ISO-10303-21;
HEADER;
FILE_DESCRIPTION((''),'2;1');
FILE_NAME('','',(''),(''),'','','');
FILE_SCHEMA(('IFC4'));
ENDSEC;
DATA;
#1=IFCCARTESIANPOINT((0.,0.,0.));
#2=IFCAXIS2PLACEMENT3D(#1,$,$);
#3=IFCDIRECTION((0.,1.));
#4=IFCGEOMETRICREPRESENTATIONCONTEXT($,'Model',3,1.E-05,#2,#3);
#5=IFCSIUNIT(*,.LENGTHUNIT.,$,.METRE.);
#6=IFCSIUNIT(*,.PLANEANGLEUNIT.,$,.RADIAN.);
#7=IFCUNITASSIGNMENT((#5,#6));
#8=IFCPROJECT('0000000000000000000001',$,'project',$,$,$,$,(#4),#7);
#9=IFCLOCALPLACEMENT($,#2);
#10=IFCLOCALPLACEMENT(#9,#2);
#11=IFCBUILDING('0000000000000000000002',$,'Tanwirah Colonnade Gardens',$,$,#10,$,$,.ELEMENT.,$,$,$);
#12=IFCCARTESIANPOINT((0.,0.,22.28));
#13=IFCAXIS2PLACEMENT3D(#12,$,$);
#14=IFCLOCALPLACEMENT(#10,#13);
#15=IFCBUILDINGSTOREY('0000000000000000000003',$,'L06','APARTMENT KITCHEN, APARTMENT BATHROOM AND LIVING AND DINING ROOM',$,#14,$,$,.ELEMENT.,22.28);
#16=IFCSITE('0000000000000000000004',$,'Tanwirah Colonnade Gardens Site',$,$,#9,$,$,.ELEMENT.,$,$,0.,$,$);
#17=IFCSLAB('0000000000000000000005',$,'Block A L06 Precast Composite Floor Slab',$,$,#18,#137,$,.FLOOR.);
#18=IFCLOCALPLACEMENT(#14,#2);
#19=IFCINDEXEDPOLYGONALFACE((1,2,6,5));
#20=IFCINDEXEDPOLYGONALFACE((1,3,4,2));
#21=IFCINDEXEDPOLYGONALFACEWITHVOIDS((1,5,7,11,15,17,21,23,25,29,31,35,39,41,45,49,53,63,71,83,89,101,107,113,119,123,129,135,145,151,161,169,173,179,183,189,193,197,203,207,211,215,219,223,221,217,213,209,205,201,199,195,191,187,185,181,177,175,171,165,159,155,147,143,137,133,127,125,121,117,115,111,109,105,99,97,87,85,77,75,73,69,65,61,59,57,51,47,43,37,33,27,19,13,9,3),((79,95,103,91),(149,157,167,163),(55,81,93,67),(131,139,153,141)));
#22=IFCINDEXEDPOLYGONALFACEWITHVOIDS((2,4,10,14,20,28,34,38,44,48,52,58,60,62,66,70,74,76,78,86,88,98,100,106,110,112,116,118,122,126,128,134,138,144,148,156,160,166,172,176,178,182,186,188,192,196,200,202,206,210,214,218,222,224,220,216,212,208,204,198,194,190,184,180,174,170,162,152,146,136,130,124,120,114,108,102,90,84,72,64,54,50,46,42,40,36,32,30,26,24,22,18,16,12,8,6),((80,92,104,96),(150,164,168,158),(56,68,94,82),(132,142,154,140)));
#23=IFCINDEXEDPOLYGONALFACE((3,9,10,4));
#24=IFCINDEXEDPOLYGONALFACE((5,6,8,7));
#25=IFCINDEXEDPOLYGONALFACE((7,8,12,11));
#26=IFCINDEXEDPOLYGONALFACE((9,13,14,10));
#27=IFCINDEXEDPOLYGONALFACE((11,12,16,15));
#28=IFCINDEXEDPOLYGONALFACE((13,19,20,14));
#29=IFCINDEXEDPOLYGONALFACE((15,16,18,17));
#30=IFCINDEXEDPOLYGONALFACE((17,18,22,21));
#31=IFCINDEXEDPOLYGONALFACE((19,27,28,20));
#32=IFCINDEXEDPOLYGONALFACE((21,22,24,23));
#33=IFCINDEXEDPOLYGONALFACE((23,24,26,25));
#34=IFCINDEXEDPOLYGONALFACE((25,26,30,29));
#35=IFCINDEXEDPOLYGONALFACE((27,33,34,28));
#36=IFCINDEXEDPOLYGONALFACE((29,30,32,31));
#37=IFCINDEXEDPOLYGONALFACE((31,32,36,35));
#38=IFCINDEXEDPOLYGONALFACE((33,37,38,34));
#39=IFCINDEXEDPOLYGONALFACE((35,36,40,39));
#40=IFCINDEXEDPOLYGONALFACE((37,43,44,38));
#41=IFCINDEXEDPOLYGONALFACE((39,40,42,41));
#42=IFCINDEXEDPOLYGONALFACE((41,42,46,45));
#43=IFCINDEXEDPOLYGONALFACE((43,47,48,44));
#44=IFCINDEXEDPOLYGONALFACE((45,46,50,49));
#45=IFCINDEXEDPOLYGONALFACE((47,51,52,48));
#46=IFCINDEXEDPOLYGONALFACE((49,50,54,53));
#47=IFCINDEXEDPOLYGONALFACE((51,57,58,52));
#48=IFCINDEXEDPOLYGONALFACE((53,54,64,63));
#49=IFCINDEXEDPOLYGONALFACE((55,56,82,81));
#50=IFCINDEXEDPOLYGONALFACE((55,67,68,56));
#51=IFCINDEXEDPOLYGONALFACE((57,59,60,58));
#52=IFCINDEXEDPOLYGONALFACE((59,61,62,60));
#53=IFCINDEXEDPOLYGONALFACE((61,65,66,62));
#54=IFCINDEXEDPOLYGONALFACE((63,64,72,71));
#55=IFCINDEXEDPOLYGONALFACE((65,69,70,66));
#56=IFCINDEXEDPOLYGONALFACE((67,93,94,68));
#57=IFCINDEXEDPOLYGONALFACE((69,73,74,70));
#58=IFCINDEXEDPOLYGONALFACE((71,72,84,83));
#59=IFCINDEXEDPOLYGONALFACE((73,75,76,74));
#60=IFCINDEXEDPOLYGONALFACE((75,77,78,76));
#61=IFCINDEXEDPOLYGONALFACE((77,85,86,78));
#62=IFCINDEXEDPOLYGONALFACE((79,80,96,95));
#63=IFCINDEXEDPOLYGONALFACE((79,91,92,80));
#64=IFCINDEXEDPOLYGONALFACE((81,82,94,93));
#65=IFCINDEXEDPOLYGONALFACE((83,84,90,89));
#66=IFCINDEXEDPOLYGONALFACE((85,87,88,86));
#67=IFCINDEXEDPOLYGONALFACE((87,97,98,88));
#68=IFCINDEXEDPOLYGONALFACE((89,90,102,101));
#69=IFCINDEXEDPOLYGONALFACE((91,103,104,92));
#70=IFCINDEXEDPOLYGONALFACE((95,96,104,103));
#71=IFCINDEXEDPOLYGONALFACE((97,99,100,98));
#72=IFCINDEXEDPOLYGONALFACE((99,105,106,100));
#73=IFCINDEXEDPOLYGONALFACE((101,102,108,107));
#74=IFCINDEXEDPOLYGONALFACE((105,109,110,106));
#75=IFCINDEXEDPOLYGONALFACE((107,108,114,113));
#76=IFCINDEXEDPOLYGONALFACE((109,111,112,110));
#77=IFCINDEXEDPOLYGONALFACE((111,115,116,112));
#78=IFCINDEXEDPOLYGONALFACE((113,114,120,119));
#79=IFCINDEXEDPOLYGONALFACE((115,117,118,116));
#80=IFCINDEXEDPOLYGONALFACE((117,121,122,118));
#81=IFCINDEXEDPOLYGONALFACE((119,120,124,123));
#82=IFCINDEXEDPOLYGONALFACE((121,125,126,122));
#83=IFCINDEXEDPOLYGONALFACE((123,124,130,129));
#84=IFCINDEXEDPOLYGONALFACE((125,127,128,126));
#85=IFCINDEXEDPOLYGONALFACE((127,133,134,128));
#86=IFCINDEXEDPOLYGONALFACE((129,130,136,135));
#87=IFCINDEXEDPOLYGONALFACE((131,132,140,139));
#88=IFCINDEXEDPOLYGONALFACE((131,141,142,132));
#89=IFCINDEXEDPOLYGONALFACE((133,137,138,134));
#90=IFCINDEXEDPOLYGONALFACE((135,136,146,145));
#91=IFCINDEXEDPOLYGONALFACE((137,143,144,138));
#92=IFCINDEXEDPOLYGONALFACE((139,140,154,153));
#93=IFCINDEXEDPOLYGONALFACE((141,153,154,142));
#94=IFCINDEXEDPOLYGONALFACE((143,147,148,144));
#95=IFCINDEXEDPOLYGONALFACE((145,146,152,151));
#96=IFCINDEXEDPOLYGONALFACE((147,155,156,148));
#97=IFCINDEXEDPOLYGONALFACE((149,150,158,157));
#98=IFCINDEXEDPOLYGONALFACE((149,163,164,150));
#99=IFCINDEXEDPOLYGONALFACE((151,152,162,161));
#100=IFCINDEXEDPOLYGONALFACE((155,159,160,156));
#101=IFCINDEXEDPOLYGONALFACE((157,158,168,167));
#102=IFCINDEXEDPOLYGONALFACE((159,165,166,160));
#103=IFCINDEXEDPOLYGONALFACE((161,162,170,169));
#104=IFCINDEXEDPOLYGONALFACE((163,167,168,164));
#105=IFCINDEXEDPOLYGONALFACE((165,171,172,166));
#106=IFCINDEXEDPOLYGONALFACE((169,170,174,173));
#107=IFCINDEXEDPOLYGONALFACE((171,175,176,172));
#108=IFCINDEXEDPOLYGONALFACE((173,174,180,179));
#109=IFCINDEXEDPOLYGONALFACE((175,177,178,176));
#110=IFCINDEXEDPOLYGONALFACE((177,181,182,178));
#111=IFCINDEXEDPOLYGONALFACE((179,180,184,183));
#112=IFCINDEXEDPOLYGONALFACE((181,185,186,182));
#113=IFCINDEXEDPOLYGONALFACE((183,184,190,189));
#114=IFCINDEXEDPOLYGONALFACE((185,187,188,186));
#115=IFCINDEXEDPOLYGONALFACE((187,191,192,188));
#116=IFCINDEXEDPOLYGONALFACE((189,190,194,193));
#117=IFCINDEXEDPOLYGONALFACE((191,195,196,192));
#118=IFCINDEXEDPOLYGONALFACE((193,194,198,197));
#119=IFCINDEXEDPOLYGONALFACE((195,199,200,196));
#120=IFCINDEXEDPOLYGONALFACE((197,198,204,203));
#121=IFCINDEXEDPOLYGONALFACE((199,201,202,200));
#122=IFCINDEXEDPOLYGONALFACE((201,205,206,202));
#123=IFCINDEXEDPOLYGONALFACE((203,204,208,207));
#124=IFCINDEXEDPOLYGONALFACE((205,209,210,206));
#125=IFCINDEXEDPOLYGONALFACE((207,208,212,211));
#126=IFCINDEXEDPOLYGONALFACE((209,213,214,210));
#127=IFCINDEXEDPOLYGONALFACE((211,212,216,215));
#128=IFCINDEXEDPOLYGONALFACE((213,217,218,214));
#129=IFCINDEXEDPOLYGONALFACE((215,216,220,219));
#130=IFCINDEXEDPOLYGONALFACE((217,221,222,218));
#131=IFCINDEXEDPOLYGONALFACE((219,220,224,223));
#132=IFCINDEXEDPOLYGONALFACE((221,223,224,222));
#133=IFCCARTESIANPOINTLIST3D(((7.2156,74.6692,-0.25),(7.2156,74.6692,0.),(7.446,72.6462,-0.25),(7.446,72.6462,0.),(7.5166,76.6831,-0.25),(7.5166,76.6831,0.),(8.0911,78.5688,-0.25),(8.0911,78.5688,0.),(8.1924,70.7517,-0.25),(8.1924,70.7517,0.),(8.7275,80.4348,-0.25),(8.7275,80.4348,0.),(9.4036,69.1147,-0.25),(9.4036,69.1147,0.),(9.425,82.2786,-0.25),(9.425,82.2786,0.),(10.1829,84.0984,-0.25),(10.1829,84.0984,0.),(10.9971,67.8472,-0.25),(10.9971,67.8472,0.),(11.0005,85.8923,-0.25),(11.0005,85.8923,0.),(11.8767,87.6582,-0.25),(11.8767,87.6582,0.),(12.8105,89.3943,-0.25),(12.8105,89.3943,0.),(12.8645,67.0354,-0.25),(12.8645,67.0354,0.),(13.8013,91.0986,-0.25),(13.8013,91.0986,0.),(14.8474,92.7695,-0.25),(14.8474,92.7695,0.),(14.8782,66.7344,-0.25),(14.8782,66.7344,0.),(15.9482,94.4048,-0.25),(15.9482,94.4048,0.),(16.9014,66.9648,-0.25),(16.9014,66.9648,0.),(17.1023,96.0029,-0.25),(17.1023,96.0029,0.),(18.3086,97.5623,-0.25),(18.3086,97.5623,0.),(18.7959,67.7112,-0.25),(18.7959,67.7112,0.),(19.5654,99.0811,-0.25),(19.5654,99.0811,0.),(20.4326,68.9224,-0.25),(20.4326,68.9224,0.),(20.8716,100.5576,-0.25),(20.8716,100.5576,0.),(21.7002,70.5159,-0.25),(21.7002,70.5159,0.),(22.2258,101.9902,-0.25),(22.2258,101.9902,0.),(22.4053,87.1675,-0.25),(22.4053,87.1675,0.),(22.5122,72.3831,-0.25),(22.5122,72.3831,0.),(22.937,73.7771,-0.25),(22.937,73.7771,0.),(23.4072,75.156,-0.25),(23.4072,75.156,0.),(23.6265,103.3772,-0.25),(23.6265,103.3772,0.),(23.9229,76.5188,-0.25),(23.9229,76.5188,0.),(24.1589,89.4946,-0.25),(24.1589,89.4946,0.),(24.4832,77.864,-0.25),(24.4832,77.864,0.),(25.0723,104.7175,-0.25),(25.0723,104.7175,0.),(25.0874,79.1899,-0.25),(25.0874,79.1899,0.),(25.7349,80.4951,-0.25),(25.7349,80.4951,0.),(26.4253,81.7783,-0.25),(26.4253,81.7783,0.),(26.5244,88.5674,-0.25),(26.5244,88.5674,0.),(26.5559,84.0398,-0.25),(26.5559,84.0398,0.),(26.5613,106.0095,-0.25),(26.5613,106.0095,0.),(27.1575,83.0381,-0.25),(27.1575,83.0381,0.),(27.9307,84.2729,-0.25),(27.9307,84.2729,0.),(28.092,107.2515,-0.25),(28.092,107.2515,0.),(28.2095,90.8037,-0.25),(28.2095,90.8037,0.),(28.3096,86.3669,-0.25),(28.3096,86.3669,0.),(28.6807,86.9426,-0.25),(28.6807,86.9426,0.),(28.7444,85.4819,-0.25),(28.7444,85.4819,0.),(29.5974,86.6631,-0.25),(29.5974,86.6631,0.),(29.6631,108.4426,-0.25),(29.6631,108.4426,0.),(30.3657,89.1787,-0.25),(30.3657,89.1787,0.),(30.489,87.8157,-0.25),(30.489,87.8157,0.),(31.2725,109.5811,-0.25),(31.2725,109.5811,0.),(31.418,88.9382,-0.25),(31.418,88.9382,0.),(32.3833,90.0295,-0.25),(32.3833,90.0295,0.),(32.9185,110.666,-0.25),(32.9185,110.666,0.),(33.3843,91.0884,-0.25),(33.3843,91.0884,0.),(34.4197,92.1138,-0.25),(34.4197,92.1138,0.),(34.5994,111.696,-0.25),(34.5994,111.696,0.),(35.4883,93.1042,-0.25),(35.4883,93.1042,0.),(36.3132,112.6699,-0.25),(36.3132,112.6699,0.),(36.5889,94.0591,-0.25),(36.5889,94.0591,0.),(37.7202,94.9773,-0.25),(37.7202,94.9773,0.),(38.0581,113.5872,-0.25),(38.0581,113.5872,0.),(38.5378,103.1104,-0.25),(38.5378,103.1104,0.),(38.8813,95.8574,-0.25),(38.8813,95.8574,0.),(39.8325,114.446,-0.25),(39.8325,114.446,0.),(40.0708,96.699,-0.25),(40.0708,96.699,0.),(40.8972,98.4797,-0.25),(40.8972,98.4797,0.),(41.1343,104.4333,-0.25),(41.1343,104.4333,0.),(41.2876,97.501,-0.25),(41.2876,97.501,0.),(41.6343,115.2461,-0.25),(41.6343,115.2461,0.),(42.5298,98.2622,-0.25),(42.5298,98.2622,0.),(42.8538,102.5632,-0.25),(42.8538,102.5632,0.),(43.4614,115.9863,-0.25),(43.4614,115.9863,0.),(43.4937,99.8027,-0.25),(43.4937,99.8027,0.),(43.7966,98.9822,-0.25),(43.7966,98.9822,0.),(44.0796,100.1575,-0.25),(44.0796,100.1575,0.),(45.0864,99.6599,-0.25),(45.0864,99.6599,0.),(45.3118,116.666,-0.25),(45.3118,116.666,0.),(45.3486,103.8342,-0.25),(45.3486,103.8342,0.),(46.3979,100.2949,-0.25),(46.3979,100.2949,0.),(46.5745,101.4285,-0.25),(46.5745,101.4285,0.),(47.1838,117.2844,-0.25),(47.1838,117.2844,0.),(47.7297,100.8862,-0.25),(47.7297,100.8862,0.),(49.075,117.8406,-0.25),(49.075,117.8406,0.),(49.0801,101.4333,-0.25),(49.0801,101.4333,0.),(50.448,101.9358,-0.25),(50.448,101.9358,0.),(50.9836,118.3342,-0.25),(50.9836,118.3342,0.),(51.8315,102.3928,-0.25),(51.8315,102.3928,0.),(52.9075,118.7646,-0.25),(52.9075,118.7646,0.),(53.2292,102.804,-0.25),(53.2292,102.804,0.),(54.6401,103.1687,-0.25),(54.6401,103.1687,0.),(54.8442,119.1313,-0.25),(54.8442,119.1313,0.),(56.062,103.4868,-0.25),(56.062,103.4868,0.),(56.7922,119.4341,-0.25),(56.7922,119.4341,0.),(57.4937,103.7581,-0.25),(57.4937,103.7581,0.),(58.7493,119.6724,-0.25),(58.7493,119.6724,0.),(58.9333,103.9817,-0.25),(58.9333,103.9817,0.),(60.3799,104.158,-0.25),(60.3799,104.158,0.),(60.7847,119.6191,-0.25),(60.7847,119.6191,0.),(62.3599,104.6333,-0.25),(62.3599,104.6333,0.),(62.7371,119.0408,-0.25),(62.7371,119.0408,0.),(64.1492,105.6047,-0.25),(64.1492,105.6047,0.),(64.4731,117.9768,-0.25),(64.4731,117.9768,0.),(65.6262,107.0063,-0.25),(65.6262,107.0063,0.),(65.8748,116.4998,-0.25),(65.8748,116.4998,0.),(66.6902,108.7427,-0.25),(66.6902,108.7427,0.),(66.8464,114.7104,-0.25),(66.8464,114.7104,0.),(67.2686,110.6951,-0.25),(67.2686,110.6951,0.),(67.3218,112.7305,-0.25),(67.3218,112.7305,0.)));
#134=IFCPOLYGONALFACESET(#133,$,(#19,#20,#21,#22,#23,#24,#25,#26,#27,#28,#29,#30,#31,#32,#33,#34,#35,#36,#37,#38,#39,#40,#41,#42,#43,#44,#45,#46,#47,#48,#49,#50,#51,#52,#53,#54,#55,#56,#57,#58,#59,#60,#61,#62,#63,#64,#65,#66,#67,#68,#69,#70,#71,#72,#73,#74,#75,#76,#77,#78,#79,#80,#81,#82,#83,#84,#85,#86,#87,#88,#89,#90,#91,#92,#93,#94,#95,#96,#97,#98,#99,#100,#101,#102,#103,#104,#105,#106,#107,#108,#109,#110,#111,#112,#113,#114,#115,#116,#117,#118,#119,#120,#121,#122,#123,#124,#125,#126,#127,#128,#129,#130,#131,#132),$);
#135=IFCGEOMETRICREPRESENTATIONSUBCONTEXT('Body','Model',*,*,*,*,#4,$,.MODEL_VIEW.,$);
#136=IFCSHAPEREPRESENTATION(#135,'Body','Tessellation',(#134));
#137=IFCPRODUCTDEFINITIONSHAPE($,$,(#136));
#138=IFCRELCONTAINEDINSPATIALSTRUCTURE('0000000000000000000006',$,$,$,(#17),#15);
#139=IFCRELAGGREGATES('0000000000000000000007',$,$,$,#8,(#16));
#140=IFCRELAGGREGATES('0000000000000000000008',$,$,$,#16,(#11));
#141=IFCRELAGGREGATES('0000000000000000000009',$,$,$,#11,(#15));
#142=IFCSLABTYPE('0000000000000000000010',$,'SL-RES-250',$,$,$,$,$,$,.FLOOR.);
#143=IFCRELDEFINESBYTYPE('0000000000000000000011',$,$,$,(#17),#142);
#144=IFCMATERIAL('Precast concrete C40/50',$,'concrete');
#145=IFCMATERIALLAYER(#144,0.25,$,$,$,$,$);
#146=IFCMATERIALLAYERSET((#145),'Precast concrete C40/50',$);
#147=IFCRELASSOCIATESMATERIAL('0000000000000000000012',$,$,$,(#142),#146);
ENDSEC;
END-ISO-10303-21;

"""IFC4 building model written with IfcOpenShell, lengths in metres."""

from ifc_helpers import new_model, si_unit, direction, frame, origin, place, context, subcontext, project, spatial, polyline, outline, extrude, material, layer, layer_set, type_object, element, save


model = new_model("IFC4")

# Units and contexts
model_context = context("Model", 3, precision=1e-05, world=origin(), true_north=direction((0.0, 1.0)))
body_context = subcontext(model_context, "Body", "Model", "MODEL_VIEW")
ifc_project = project(units=[si_unit("LENGTHUNIT", "METRE"), si_unit("PLANEANGLEUNIT", "RADIAN")], contexts=[model_context])

# Site, building, storey
site_placement = place(None, origin())
site = spatial("IfcSite", under=ifc_project, at=site_placement, Name="Tanwirah Colonnade Gardens Site", CompositionType="ELEMENT", RefElevation=0.0)
building_placement = place(site_placement, origin())
building = spatial("IfcBuilding", under=site, at=building_placement, Name="Tanwirah Colonnade Gardens", CompositionType="ELEMENT")
storey_placement = place(building_placement, frame((0.0, 0.0, 22.28)))
storey = spatial("IfcBuildingStorey", under=building, at=storey_placement, Name="L06", Description="APARTMENT KITCHEN, APARTMENT BATHROOM AND LIVING AND DINING ROOM", CompositionType="ELEMENT", Elevation=22.28)

# Shared definitions
ifc_material_1 = material(Name="Precast concrete C40/50", Category="concrete")

# Slab
ifc_layer_1 = layer(ifc_material_1, 0.25)
ifc_layer_set_1 = layer_set([ifc_layer_1], Name="Precast concrete C40/50")
slab_type_1 = type_object("IfcSlabType", Name="SL-RES-250", PredefinedType="FLOOR", material=ifc_layer_set_1)
slab_1_placement = place(storey_placement, frame((0.0, 0.0, -0.25)))
element("IfcSlab", 1, at=slab_1_placement, inside=storey, type_object=slab_type_1, Name="Block A L06 Precast Composite Floor Slab", PredefinedType="FLOOR", context=body_context, shape_type="SweptSolid", body=[
    extrude(outline(polyline([(57.4937, 103.7581), (58.9333, 103.9817), (60.3799, 104.158), (62.3599, 104.6333), (64.1492, 105.6047), (65.6262, 107.0063), (66.6902, 108.7427), (67.2686, 110.6951), (67.3218, 112.7305), (66.8464, 114.7104), (65.8748, 116.4998), (64.4731, 117.9768), (62.7371, 119.0408), (60.7847, 119.6191), (58.7493, 119.6724), (56.7922, 119.4341), (54.8442, 119.1313), (52.9075, 118.7646), (50.9836, 118.3342), (49.075, 117.8406), (47.1838, 117.2844), (45.3118, 116.666), (43.4614, 115.9863), (41.6343, 115.2461), (39.8325, 114.446), (38.0581, 113.5872), (36.3132, 112.6699), (34.5994, 111.696), (32.9185, 110.666), (31.2725, 109.5811), (29.6631, 108.4426), (28.092, 107.2515), (26.5613, 106.0095), (25.0723, 104.7175), (23.6265, 103.3772), (22.2258, 101.9902), (20.8716, 100.5576), (19.5654, 99.0811), (18.3086, 97.5623), (17.1023, 96.0029), (15.9482, 94.4048), (14.8474, 92.7695), (13.8013, 91.0986), (12.8105, 89.3943), (11.8767, 87.6582), (11.0005, 85.8923), (10.1829, 84.0984), (9.425, 82.2786), (8.7275, 80.4348), (8.0911, 78.5688), (7.5166, 76.6831), (7.2156, 74.6692), (7.446, 72.6462), (8.1924, 70.7517), (9.4036, 69.1147), (10.9971, 67.8472), (12.8645, 67.0354), (14.8782, 66.7344), (16.9014, 66.9648), (18.7959, 67.7112), (20.4326, 68.9224), (21.7002, 70.5159), (22.5122, 72.3831), (22.937, 73.7771), (23.4072, 75.156), (23.9229, 76.5188), (24.4832, 77.864), (25.0874, 79.1899), (25.7349, 80.4951), (26.4253, 81.7783), (27.1575, 83.0381), (27.9307, 84.2729), (28.7444, 85.4819), (29.5974, 86.6631), (30.489, 87.8157), (31.418, 88.9382), (32.3833, 90.0295), (33.3843, 91.0884), (34.4197, 92.1138), (35.4883, 93.1042), (36.5889, 94.0591), (37.7202, 94.9773), (38.8813, 95.8574), (40.0708, 96.699), (41.2876, 97.501), (42.5298, 98.2622), (43.7966, 98.9822), (45.0864, 99.6599), (46.3979, 100.2949), (47.7297, 100.8862), (49.0801, 101.4333), (50.448, 101.9358), (51.8315, 102.3928), (53.2292, 102.804), (54.6401, 103.1687), (56.062, 103.4868), (57.4937, 103.7581)]), holes=[polyline([(41.1343, 104.4333), (43.4937, 99.8027), (40.8972, 98.4797), (38.5378, 103.1104), (41.1343, 104.4333)]), polyline([(46.5745, 101.4285), (44.0796, 100.1575), (42.8538, 102.5632), (45.3486, 103.8342), (46.5745, 101.4285)]), polyline([(26.5559, 84.0398), (22.4053, 87.1675), (24.1589, 89.4946), (28.3096, 86.3669), (26.5559, 84.0398)]), polyline([(26.5244, 88.5674), (28.2095, 90.8037), (30.3657, 89.1787), (28.6807, 86.9426), (26.5244, 88.5674)])]), origin(), (0.0, 0.0, 1.0), 0.25),
])

save(model, "model.ifc")
